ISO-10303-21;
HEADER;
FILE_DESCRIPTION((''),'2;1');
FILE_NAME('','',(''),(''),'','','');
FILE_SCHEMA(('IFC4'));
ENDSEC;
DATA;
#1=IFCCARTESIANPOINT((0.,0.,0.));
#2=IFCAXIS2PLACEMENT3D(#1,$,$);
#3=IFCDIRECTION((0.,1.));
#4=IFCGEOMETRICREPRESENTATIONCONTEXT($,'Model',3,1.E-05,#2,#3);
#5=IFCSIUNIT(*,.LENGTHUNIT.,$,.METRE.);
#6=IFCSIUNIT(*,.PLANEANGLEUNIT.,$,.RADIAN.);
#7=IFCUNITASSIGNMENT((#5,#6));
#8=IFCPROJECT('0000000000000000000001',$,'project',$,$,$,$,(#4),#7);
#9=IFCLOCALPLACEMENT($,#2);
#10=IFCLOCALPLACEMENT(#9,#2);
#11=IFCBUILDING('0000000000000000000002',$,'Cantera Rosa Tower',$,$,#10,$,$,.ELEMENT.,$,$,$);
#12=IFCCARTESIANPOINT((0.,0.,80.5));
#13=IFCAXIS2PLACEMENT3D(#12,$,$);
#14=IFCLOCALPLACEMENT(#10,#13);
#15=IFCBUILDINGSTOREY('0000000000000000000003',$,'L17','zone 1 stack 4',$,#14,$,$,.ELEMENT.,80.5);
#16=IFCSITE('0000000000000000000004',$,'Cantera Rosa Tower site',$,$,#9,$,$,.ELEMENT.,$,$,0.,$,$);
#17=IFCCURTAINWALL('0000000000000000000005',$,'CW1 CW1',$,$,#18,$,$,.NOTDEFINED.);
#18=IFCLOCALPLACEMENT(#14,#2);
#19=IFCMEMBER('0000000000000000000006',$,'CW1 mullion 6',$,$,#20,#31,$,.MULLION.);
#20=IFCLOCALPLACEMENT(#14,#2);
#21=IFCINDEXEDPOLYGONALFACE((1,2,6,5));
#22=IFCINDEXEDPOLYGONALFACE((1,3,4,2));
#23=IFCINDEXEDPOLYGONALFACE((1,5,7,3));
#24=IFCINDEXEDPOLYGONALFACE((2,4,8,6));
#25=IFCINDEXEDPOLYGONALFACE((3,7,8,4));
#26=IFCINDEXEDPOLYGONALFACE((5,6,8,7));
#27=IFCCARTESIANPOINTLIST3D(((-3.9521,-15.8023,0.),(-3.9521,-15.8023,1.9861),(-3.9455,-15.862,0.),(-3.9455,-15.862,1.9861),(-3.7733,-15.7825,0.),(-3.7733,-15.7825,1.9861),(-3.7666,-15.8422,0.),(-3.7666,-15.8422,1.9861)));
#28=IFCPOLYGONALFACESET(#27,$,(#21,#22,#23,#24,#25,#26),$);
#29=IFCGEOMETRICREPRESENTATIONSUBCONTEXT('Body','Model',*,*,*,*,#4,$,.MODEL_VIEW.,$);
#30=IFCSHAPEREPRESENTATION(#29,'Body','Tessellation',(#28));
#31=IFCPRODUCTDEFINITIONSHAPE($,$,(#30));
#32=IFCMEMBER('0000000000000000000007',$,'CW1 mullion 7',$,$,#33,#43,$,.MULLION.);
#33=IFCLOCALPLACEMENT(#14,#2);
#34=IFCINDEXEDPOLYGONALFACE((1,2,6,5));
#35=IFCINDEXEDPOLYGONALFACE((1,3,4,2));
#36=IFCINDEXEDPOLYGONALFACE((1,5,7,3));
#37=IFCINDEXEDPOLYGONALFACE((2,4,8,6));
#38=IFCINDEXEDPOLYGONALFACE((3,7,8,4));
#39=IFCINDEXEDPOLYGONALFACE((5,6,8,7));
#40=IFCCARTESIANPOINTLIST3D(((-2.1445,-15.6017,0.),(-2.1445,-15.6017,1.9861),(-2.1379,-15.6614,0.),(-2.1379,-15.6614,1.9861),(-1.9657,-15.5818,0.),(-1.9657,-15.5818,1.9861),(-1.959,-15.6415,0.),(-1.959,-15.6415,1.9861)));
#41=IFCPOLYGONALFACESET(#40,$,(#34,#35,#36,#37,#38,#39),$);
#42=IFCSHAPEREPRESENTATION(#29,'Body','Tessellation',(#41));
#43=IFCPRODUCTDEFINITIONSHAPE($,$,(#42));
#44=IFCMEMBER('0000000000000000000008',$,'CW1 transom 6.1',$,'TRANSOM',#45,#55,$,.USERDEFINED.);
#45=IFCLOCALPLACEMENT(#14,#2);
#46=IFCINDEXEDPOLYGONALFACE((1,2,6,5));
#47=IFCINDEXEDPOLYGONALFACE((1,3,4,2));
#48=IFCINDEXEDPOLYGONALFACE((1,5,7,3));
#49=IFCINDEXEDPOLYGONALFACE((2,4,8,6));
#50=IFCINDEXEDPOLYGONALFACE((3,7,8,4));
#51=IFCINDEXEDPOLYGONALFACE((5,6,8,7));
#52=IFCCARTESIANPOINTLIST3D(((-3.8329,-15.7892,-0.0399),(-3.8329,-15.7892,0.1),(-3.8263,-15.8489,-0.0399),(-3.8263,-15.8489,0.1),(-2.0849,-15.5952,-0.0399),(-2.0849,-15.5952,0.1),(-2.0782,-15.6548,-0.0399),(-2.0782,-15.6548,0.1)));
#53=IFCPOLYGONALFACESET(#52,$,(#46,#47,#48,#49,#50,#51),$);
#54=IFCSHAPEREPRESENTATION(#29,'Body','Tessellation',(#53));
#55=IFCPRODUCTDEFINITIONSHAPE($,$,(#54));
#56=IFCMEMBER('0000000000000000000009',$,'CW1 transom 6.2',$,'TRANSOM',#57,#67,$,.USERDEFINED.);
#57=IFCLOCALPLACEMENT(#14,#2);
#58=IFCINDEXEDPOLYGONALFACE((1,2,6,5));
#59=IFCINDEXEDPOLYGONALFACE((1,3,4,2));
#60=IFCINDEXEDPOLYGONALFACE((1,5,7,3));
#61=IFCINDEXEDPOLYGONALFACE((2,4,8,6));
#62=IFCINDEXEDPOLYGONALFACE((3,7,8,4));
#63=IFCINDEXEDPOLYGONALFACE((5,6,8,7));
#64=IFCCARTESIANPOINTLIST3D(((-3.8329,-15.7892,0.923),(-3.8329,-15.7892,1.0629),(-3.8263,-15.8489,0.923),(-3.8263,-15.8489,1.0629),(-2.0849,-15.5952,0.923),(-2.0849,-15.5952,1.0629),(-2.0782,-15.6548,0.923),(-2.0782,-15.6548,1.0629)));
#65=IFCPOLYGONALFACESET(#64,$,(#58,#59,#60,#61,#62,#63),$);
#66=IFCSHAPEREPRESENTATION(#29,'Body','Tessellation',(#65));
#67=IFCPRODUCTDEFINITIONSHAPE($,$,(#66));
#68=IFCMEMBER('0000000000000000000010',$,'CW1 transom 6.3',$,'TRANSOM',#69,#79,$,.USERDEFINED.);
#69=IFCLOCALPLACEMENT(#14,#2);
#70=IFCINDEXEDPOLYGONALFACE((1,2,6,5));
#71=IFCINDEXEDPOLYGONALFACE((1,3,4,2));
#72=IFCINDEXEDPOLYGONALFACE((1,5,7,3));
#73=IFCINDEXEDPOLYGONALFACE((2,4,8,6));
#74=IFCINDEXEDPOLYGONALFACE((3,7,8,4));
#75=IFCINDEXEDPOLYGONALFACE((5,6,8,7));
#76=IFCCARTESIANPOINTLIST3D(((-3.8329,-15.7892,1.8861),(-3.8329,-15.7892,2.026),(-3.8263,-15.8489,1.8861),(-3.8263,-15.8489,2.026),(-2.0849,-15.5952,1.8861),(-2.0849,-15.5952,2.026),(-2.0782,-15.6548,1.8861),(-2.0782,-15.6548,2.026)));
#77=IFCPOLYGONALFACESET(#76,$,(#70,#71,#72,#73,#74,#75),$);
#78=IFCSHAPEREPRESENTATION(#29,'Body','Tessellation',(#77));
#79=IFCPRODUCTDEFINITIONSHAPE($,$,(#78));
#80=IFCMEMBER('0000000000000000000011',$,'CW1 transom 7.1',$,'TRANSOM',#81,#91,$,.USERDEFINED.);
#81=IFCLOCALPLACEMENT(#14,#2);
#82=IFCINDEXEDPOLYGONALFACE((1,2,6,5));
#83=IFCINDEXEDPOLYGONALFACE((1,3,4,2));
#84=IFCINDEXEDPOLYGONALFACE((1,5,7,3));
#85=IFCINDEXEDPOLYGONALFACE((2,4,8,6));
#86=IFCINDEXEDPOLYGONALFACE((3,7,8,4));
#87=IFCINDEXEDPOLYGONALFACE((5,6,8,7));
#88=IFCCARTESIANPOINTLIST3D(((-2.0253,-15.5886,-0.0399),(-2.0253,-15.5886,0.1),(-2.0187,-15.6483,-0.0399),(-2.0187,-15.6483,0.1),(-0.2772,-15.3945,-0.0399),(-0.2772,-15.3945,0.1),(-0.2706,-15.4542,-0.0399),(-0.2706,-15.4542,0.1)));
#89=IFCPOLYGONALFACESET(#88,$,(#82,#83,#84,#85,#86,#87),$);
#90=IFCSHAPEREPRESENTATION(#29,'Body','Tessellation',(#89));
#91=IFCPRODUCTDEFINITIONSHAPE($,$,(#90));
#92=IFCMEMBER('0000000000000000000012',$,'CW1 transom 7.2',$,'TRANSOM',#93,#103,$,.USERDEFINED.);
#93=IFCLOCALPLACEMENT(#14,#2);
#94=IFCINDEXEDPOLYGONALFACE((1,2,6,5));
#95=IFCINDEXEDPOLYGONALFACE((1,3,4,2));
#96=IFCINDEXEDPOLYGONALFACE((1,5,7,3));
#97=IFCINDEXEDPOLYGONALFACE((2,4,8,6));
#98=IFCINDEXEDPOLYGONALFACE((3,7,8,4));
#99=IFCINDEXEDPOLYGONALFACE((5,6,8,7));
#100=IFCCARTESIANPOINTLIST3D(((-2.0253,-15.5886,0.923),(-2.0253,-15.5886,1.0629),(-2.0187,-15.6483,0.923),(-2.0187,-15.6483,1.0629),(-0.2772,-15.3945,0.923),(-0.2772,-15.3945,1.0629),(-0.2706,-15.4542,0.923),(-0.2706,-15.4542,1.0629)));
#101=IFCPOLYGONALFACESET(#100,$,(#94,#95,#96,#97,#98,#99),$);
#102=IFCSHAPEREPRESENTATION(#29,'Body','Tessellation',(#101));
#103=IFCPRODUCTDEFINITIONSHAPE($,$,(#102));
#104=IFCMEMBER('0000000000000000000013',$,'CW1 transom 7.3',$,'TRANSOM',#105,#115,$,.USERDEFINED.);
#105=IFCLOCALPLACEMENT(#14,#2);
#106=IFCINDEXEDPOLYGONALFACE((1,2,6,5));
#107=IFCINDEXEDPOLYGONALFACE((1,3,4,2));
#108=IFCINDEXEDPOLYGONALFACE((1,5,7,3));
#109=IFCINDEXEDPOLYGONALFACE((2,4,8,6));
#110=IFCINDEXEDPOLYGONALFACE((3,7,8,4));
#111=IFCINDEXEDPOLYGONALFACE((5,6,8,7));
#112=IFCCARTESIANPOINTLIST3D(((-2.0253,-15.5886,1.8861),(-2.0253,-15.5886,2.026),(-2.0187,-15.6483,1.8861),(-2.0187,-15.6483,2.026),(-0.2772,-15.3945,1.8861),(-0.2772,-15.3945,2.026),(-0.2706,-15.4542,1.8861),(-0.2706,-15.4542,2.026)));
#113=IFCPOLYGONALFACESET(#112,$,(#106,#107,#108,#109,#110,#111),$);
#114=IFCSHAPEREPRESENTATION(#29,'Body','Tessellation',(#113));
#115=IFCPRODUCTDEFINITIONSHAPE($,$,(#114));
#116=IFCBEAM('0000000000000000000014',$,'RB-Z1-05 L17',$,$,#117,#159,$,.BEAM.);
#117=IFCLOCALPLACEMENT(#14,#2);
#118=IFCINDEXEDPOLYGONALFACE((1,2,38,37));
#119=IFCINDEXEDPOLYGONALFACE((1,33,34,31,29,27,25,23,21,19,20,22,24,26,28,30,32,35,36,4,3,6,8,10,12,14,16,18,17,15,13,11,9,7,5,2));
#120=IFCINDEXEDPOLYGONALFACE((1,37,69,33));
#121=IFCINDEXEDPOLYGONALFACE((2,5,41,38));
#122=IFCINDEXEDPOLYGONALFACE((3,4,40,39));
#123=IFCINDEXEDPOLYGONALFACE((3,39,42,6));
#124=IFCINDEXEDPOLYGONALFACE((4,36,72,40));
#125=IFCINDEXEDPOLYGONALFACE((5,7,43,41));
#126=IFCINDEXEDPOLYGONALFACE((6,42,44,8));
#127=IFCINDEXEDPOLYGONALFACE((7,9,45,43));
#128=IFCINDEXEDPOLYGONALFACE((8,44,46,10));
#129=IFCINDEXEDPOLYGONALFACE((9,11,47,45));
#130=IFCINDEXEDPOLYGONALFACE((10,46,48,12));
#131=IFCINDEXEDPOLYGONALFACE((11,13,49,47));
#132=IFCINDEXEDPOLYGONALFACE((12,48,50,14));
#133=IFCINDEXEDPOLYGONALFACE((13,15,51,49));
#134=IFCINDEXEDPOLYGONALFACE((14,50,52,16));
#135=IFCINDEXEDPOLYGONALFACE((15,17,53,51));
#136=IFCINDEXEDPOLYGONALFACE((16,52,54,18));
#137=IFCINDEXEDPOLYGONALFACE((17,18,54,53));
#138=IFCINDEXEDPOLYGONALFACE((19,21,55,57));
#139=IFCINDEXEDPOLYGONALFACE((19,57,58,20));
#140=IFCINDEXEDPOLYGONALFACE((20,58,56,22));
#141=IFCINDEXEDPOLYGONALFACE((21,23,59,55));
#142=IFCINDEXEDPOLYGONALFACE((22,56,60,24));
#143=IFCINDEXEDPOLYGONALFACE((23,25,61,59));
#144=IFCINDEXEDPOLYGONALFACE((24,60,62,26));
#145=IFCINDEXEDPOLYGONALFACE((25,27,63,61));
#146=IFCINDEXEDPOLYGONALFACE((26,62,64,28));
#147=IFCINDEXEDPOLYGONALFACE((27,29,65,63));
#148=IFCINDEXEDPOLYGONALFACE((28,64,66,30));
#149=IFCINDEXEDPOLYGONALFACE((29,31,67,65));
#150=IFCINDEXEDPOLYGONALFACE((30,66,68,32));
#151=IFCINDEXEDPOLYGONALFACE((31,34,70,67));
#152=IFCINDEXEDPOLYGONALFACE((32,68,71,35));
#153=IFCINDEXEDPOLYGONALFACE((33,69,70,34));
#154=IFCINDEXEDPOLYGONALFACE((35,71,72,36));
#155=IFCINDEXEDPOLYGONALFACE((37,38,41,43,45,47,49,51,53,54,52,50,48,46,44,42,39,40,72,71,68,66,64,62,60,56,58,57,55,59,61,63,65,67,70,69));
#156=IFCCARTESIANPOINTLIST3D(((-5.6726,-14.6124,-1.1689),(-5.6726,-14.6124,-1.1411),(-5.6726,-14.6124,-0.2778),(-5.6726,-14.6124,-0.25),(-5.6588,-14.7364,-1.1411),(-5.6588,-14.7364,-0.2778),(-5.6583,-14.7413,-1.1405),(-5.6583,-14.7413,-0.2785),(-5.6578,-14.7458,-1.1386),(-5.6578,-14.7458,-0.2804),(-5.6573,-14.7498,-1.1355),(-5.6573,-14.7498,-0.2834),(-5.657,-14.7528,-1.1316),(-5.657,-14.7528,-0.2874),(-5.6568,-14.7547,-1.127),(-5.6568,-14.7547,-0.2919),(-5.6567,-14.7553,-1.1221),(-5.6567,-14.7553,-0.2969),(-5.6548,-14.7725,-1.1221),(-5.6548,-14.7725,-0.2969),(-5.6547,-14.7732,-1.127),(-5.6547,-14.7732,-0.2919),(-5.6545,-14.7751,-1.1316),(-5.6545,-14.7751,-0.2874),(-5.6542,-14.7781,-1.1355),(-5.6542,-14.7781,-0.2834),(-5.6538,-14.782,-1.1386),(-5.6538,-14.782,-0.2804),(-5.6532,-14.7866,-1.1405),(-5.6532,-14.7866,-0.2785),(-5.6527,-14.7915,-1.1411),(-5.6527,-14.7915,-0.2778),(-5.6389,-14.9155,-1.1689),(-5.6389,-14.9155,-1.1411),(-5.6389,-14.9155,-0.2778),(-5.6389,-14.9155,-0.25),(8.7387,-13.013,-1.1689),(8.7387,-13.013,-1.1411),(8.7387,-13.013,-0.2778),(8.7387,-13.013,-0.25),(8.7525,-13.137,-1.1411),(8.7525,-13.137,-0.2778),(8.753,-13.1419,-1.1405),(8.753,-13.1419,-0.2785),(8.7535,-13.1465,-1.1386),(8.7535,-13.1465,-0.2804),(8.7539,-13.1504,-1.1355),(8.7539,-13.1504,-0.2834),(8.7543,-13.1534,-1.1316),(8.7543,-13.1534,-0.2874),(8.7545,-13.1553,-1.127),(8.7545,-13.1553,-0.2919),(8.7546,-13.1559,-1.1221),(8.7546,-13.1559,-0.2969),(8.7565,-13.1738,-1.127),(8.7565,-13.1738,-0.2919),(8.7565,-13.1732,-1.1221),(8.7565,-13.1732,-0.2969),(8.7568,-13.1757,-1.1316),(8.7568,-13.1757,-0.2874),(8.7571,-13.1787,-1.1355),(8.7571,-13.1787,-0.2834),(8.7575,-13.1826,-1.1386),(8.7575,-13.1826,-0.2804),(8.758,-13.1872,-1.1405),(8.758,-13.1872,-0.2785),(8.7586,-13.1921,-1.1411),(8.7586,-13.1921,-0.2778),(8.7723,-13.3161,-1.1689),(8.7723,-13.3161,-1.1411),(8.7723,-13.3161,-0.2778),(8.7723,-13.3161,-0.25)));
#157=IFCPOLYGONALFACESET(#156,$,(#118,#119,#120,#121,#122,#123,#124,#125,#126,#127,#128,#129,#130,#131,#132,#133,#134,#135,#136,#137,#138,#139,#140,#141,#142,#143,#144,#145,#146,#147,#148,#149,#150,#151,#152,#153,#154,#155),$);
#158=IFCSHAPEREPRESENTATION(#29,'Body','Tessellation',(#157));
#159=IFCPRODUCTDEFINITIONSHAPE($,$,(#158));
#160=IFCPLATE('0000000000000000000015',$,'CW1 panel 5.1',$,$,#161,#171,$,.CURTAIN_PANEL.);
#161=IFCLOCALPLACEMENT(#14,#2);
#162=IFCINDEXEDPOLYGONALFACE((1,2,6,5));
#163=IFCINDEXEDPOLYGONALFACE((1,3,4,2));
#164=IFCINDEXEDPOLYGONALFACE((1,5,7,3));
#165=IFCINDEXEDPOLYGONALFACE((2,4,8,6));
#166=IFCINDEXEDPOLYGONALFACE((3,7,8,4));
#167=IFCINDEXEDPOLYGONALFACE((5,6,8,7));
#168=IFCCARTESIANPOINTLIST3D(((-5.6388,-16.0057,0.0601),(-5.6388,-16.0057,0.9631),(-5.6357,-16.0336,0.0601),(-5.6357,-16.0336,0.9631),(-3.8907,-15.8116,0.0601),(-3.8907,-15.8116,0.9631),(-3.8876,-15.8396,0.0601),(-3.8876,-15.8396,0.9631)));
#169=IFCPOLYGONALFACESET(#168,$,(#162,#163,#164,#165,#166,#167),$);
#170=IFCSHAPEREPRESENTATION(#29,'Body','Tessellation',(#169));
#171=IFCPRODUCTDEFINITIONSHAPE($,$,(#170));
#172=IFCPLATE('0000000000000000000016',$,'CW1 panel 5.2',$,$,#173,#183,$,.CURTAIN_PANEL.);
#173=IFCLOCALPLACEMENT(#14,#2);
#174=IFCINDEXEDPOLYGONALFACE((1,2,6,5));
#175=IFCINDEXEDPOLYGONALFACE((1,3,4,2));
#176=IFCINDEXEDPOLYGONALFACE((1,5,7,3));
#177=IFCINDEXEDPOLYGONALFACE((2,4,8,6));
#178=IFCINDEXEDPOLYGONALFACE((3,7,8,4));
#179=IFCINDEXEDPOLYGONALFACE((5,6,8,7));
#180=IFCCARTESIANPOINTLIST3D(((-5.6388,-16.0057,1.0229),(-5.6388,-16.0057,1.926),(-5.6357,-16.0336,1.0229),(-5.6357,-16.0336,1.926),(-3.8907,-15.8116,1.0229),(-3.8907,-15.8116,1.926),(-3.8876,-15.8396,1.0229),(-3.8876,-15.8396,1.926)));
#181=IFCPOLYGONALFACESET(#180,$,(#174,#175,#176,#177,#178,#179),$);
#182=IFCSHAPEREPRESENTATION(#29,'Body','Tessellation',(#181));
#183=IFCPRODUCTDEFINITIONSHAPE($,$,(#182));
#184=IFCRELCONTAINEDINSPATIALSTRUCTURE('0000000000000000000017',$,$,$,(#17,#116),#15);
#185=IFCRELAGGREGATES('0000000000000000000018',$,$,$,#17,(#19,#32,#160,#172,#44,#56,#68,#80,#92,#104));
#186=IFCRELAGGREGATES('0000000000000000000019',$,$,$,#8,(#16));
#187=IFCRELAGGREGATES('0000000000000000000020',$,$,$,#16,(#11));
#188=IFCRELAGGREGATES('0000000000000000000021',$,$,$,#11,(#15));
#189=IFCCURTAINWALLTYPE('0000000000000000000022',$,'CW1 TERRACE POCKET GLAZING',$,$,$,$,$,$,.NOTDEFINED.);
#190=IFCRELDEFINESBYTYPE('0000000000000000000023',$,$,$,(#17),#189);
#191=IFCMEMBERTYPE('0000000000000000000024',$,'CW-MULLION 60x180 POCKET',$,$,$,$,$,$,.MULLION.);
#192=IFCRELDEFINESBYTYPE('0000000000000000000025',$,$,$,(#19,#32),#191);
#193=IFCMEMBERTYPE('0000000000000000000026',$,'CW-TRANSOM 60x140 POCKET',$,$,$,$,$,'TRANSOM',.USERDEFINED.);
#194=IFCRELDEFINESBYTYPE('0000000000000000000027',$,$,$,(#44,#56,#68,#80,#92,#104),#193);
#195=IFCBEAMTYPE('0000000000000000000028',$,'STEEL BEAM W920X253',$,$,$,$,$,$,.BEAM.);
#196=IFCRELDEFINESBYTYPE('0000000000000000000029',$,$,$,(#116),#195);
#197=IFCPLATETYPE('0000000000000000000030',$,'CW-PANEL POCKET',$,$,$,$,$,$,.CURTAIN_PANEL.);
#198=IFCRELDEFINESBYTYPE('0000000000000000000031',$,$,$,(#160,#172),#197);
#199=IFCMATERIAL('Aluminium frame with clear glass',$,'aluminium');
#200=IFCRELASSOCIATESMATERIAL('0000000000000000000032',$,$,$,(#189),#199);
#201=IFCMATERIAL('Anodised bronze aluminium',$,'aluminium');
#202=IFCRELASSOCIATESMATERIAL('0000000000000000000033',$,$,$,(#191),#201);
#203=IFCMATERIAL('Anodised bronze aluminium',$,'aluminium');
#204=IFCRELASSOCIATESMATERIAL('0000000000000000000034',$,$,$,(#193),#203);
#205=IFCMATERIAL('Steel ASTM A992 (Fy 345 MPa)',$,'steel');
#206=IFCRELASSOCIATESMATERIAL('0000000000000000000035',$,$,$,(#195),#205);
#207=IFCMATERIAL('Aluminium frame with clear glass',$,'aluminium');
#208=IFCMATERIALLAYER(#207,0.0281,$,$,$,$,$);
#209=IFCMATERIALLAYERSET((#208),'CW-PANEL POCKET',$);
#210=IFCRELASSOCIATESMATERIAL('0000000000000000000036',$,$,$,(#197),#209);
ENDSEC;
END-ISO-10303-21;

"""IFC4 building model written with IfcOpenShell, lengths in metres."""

from ifc_helpers import new_model, si_unit, direction, frame, origin, origin_2d, place, context, subcontext, project, spatial, rectangle, i_section, extrude, material, layer, layer_set, material_profile, profile_set, type_object, element, aggregate, save


model = new_model("IFC4")

# Units and contexts
model_context = context("Model", 3, precision=1e-05, world=origin(), true_north=direction((0.0, 1.0)))
body_context = subcontext(model_context, "Body", "Model", "MODEL_VIEW")
ifc_project = project(units=[si_unit("LENGTHUNIT", "METRE"), si_unit("PLANEANGLEUNIT", "RADIAN")], contexts=[model_context])

# Site, building, storey
site_placement = place(None, origin())
site = spatial("IfcSite", under=ifc_project, at=site_placement, Name="Cantera Rosa Tower site", CompositionType="ELEMENT", RefElevation=0.0)
building_placement = place(site_placement, origin())
building = spatial("IfcBuilding", under=site, at=building_placement, Name="Cantera Rosa Tower", CompositionType="ELEMENT")
storey_placement = place(building_placement, frame((0.0, 0.0, 80.5)))
storey = spatial("IfcBuildingStorey", under=building, at=storey_placement, Name="L17", Description="zone 1 stack 4", CompositionType="ELEMENT", Elevation=80.5)

# Curtain wall, members
ifc_material_1 = material(Name="Aluminium frame with clear glass", Category="aluminium")
curtain_wall_type = type_object("IfcCurtainWallType", Name="CW1 TERRACE POCKET GLAZING", PredefinedType="NOTDEFINED", material=ifc_material_1)
curtain_wall_placement = place(storey_placement, origin())
curtain_wall = element("IfcCurtainWall", 1, at=curtain_wall_placement, inside=storey, type_object=curtain_wall_type, Name="CW1 CW1", PredefinedType="NOTDEFINED")
ifc_material_2 = material(Name="Anodised bronze aluminium", Category="aluminium")
ifc_material_profile_1 = material_profile(ifc_material_2, rectangle(XDim=0.0601, YDim=0.1799, at=origin_2d()), Name="CW-MULLION 60x180 POCKET")
ifc_profile_set_1 = profile_set([ifc_material_profile_1], Name="Anodised bronze aluminium")
member_type_1 = type_object("IfcMemberType", Name="CW-MULLION 60x180 POCKET", PredefinedType="MULLION", material=ifc_profile_set_1)
member_1_placement = place(storey_placement, frame((-3.8594, -15.8223, 0.0), z_axis=(0.0, 0.0, 1.0), x_axis=(-0.110313, 0.993897, 0.0)))
member_1 = element("IfcMember", 2, at=member_1_placement, type_object=member_type_1, Name="CW1 mullion 6", PredefinedType="MULLION", context=body_context, shape_type="SweptSolid", body=[
    extrude(rectangle(XDim=0.0601, YDim=0.1799, at=origin_2d()), origin(), (0.0, 0.0, 1.0), 1.9861),
])
member_2_placement = place(storey_placement, frame((-2.0518, -15.6216, 0.0), z_axis=(0.0, 0.0, 1.0), x_axis=(-0.110313, 0.993897, 0.0)))
member_2 = element("IfcMember", 3, at=member_2_placement, type_object=member_type_1, Name="CW1 mullion 7", PredefinedType="MULLION", context=body_context, shape_type="SweptSolid", body=[
    extrude(rectangle(XDim=0.0601, YDim=0.1799, at=origin_2d()), origin(), (0.0, 0.0, 1.0), 1.9861),
])
ifc_material_3 = material(Name="Anodised bronze aluminium", Category="aluminium")
ifc_material_profile_2 = material_profile(ifc_material_3, rectangle(XDim=0.0601, YDim=0.1399, at=origin_2d()), Name="CW-TRANSOM 60x140 POCKET")
ifc_profile_set_2 = profile_set([ifc_material_profile_2], Name="Anodised bronze aluminium")
member_type_2 = type_object("IfcMemberType", Name="CW-TRANSOM 60x140 POCKET", ElementType="TRANSOM", PredefinedType="USERDEFINED", material=ifc_profile_set_2)
member_3_placement = place(storey_placement, frame((-3.8296, -15.8191, 0.03), z_axis=(0.993892, 0.110355, 0.0), x_axis=(-0.110355, 0.993892, 0.0)))
member_3 = element("IfcMember", 4, at=member_3_placement, type_object=member_type_2, Name="CW1 transom 6.1", ObjectType="TRANSOM", PredefinedType="USERDEFINED", context=body_context, shape_type="SweptSolid", body=[
    extrude(rectangle(XDim=0.0601, YDim=0.1399, at=origin_2d()), origin(), (0.0, 0.0, 1.0), 1.7588),
])
member_4_placement = place(storey_placement, frame((-3.8296, -15.8191, 0.9929), z_axis=(0.993892, 0.110355, 0.0), x_axis=(-0.110355, 0.993892, 0.0)))
member_4 = element("IfcMember", 5, at=member_4_placement, type_object=member_type_2, Name="CW1 transom 6.2", ObjectType="TRANSOM", PredefinedType="USERDEFINED", context=body_context, shape_type="SweptSolid", body=[
    extrude(rectangle(XDim=0.0601, YDim=0.1399, at=origin_2d()), origin(), (0.0, 0.0, 1.0), 1.7588),
])
member_5_placement = place(storey_placement, frame((-3.8296, -15.8191, 1.9561), z_axis=(0.993892, 0.110355, 0.0), x_axis=(-0.110355, 0.993892, 0.0)))
member_5 = element("IfcMember", 6, at=member_5_placement, type_object=member_type_2, Name="CW1 transom 6.3", ObjectType="TRANSOM", PredefinedType="USERDEFINED", context=body_context, shape_type="SweptSolid", body=[
    extrude(rectangle(XDim=0.0601, YDim=0.1399, at=origin_2d()), origin(), (0.0, 0.0, 1.0), 1.7588),
])
member_6_placement = place(storey_placement, frame((-2.022, -15.6184, 0.03), z_axis=(0.993892, 0.110355, 0.0), x_axis=(-0.110355, 0.993892, 0.0)))
member_6 = element("IfcMember", 7, at=member_6_placement, type_object=member_type_2, Name="CW1 transom 7.1", ObjectType="TRANSOM", PredefinedType="USERDEFINED", context=body_context, shape_type="SweptSolid", body=[
    extrude(rectangle(XDim=0.0601, YDim=0.1399, at=origin_2d()), origin(), (0.0, 0.0, 1.0), 1.7588),
])
member_7_placement = place(storey_placement, frame((-2.022, -15.6184, 0.9929), z_axis=(0.993892, 0.110355, 0.0), x_axis=(-0.110355, 0.993892, 0.0)))
member_7 = element("IfcMember", 8, at=member_7_placement, type_object=member_type_2, Name="CW1 transom 7.2", ObjectType="TRANSOM", PredefinedType="USERDEFINED", context=body_context, shape_type="SweptSolid", body=[
    extrude(rectangle(XDim=0.0601, YDim=0.1399, at=origin_2d()), origin(), (0.0, 0.0, 1.0), 1.7588),
])
member_8_placement = place(storey_placement, frame((-2.022, -15.6184, 1.9561), z_axis=(0.993892, 0.110355, 0.0), x_axis=(-0.110355, 0.993892, 0.0)))
member_8 = element("IfcMember", 9, at=member_8_placement, type_object=member_type_2, Name="CW1 transom 7.3", ObjectType="TRANSOM", PredefinedType="USERDEFINED", context=body_context, shape_type="SweptSolid", body=[
    extrude(rectangle(XDim=0.0601, YDim=0.1399, at=origin_2d()), origin(), (0.0, 0.0, 1.0), 1.7588),
])

# Beam
ifc_material_4 = material(Name="Steel ASTM A992 (Fy 345 MPa)", Category="steel")
ifc_material_profile_3 = material_profile(ifc_material_4, i_section(OverallWidth=0.3049, OverallDepth=0.9189, WebThickness=0.0173, FlangeThickness=0.0278, FilletRadius=0.019, at=origin_2d()), Name="W920X253")
ifc_profile_set_3 = profile_set([ifc_material_profile_3], Name="Steel ASTM A992 (Fy 345 MPa)")
beam_type = type_object("IfcBeamType", Name="STEEL BEAM W920X253", PredefinedType="BEAM", material=ifc_profile_set_3)
beam_placement = place(storey_placement, frame((-5.6558, -14.7639, -0.7095), z_axis=(0.993898, 0.110302, 0.0), x_axis=(-0.110302, 0.993898, 0.0)))
element("IfcBeam", 10, at=beam_placement, inside=storey, type_object=beam_type, Name="RB-Z1-05 L17", PredefinedType="BEAM", context=body_context, shape_type="SweptSolid", body=[
    extrude(i_section(OverallWidth=0.3049, OverallDepth=0.9189, WebThickness=0.0173, FlangeThickness=0.0278, FilletRadius=0.019, at=origin_2d()), origin(), (0.0, 0.0, 1.0), 14.4998),
])

# Plates
ifc_material_5 = material(Name="Aluminium frame with clear glass", Category="aluminium")
ifc_layer_1 = layer(ifc_material_5, 0.0281)
ifc_layer_set_1 = layer_set([ifc_layer_1], Name="CW-PANEL POCKET")
plate_type = type_object("IfcPlateType", Name="CW-PANEL POCKET", PredefinedType="CURTAIN_PANEL", material=ifc_layer_set_1)
plate_1_placement = place(storey_placement, frame((-4.7632, -15.9226, 0.0601), z_axis=(0.0, 0.0, 1.0), x_axis=(0.993897, 0.110313, 0.0)))
plate_1 = element("IfcPlate", 11, at=plate_1_placement, type_object=plate_type, Name="CW1 panel 5.1", PredefinedType="CURTAIN_PANEL", context=body_context, shape_type="SweptSolid", body=[
    extrude(rectangle(XDim=1.7588, YDim=0.0281, at=origin_2d()), origin(), (0.0, 0.0, 1.0), 0.9031),
])
plate_2_placement = place(storey_placement, frame((-4.7632, -15.9226, 1.0229), z_axis=(0.0, 0.0, 1.0), x_axis=(0.993897, 0.110313, 0.0)))
plate_2 = element("IfcPlate", 12, at=plate_2_placement, type_object=plate_type, Name="CW1 panel 5.2", PredefinedType="CURTAIN_PANEL", context=body_context, shape_type="SweptSolid", body=[
    extrude(rectangle(XDim=1.7588, YDim=0.0281, at=origin_2d()), origin(), (0.0, 0.0, 1.0), 0.9031),
])
aggregate(curtain_wall, [member_1, member_2, plate_1, plate_2, member_3, member_4, member_5, member_6, member_7, member_8])

save(model, "model.ifc")
